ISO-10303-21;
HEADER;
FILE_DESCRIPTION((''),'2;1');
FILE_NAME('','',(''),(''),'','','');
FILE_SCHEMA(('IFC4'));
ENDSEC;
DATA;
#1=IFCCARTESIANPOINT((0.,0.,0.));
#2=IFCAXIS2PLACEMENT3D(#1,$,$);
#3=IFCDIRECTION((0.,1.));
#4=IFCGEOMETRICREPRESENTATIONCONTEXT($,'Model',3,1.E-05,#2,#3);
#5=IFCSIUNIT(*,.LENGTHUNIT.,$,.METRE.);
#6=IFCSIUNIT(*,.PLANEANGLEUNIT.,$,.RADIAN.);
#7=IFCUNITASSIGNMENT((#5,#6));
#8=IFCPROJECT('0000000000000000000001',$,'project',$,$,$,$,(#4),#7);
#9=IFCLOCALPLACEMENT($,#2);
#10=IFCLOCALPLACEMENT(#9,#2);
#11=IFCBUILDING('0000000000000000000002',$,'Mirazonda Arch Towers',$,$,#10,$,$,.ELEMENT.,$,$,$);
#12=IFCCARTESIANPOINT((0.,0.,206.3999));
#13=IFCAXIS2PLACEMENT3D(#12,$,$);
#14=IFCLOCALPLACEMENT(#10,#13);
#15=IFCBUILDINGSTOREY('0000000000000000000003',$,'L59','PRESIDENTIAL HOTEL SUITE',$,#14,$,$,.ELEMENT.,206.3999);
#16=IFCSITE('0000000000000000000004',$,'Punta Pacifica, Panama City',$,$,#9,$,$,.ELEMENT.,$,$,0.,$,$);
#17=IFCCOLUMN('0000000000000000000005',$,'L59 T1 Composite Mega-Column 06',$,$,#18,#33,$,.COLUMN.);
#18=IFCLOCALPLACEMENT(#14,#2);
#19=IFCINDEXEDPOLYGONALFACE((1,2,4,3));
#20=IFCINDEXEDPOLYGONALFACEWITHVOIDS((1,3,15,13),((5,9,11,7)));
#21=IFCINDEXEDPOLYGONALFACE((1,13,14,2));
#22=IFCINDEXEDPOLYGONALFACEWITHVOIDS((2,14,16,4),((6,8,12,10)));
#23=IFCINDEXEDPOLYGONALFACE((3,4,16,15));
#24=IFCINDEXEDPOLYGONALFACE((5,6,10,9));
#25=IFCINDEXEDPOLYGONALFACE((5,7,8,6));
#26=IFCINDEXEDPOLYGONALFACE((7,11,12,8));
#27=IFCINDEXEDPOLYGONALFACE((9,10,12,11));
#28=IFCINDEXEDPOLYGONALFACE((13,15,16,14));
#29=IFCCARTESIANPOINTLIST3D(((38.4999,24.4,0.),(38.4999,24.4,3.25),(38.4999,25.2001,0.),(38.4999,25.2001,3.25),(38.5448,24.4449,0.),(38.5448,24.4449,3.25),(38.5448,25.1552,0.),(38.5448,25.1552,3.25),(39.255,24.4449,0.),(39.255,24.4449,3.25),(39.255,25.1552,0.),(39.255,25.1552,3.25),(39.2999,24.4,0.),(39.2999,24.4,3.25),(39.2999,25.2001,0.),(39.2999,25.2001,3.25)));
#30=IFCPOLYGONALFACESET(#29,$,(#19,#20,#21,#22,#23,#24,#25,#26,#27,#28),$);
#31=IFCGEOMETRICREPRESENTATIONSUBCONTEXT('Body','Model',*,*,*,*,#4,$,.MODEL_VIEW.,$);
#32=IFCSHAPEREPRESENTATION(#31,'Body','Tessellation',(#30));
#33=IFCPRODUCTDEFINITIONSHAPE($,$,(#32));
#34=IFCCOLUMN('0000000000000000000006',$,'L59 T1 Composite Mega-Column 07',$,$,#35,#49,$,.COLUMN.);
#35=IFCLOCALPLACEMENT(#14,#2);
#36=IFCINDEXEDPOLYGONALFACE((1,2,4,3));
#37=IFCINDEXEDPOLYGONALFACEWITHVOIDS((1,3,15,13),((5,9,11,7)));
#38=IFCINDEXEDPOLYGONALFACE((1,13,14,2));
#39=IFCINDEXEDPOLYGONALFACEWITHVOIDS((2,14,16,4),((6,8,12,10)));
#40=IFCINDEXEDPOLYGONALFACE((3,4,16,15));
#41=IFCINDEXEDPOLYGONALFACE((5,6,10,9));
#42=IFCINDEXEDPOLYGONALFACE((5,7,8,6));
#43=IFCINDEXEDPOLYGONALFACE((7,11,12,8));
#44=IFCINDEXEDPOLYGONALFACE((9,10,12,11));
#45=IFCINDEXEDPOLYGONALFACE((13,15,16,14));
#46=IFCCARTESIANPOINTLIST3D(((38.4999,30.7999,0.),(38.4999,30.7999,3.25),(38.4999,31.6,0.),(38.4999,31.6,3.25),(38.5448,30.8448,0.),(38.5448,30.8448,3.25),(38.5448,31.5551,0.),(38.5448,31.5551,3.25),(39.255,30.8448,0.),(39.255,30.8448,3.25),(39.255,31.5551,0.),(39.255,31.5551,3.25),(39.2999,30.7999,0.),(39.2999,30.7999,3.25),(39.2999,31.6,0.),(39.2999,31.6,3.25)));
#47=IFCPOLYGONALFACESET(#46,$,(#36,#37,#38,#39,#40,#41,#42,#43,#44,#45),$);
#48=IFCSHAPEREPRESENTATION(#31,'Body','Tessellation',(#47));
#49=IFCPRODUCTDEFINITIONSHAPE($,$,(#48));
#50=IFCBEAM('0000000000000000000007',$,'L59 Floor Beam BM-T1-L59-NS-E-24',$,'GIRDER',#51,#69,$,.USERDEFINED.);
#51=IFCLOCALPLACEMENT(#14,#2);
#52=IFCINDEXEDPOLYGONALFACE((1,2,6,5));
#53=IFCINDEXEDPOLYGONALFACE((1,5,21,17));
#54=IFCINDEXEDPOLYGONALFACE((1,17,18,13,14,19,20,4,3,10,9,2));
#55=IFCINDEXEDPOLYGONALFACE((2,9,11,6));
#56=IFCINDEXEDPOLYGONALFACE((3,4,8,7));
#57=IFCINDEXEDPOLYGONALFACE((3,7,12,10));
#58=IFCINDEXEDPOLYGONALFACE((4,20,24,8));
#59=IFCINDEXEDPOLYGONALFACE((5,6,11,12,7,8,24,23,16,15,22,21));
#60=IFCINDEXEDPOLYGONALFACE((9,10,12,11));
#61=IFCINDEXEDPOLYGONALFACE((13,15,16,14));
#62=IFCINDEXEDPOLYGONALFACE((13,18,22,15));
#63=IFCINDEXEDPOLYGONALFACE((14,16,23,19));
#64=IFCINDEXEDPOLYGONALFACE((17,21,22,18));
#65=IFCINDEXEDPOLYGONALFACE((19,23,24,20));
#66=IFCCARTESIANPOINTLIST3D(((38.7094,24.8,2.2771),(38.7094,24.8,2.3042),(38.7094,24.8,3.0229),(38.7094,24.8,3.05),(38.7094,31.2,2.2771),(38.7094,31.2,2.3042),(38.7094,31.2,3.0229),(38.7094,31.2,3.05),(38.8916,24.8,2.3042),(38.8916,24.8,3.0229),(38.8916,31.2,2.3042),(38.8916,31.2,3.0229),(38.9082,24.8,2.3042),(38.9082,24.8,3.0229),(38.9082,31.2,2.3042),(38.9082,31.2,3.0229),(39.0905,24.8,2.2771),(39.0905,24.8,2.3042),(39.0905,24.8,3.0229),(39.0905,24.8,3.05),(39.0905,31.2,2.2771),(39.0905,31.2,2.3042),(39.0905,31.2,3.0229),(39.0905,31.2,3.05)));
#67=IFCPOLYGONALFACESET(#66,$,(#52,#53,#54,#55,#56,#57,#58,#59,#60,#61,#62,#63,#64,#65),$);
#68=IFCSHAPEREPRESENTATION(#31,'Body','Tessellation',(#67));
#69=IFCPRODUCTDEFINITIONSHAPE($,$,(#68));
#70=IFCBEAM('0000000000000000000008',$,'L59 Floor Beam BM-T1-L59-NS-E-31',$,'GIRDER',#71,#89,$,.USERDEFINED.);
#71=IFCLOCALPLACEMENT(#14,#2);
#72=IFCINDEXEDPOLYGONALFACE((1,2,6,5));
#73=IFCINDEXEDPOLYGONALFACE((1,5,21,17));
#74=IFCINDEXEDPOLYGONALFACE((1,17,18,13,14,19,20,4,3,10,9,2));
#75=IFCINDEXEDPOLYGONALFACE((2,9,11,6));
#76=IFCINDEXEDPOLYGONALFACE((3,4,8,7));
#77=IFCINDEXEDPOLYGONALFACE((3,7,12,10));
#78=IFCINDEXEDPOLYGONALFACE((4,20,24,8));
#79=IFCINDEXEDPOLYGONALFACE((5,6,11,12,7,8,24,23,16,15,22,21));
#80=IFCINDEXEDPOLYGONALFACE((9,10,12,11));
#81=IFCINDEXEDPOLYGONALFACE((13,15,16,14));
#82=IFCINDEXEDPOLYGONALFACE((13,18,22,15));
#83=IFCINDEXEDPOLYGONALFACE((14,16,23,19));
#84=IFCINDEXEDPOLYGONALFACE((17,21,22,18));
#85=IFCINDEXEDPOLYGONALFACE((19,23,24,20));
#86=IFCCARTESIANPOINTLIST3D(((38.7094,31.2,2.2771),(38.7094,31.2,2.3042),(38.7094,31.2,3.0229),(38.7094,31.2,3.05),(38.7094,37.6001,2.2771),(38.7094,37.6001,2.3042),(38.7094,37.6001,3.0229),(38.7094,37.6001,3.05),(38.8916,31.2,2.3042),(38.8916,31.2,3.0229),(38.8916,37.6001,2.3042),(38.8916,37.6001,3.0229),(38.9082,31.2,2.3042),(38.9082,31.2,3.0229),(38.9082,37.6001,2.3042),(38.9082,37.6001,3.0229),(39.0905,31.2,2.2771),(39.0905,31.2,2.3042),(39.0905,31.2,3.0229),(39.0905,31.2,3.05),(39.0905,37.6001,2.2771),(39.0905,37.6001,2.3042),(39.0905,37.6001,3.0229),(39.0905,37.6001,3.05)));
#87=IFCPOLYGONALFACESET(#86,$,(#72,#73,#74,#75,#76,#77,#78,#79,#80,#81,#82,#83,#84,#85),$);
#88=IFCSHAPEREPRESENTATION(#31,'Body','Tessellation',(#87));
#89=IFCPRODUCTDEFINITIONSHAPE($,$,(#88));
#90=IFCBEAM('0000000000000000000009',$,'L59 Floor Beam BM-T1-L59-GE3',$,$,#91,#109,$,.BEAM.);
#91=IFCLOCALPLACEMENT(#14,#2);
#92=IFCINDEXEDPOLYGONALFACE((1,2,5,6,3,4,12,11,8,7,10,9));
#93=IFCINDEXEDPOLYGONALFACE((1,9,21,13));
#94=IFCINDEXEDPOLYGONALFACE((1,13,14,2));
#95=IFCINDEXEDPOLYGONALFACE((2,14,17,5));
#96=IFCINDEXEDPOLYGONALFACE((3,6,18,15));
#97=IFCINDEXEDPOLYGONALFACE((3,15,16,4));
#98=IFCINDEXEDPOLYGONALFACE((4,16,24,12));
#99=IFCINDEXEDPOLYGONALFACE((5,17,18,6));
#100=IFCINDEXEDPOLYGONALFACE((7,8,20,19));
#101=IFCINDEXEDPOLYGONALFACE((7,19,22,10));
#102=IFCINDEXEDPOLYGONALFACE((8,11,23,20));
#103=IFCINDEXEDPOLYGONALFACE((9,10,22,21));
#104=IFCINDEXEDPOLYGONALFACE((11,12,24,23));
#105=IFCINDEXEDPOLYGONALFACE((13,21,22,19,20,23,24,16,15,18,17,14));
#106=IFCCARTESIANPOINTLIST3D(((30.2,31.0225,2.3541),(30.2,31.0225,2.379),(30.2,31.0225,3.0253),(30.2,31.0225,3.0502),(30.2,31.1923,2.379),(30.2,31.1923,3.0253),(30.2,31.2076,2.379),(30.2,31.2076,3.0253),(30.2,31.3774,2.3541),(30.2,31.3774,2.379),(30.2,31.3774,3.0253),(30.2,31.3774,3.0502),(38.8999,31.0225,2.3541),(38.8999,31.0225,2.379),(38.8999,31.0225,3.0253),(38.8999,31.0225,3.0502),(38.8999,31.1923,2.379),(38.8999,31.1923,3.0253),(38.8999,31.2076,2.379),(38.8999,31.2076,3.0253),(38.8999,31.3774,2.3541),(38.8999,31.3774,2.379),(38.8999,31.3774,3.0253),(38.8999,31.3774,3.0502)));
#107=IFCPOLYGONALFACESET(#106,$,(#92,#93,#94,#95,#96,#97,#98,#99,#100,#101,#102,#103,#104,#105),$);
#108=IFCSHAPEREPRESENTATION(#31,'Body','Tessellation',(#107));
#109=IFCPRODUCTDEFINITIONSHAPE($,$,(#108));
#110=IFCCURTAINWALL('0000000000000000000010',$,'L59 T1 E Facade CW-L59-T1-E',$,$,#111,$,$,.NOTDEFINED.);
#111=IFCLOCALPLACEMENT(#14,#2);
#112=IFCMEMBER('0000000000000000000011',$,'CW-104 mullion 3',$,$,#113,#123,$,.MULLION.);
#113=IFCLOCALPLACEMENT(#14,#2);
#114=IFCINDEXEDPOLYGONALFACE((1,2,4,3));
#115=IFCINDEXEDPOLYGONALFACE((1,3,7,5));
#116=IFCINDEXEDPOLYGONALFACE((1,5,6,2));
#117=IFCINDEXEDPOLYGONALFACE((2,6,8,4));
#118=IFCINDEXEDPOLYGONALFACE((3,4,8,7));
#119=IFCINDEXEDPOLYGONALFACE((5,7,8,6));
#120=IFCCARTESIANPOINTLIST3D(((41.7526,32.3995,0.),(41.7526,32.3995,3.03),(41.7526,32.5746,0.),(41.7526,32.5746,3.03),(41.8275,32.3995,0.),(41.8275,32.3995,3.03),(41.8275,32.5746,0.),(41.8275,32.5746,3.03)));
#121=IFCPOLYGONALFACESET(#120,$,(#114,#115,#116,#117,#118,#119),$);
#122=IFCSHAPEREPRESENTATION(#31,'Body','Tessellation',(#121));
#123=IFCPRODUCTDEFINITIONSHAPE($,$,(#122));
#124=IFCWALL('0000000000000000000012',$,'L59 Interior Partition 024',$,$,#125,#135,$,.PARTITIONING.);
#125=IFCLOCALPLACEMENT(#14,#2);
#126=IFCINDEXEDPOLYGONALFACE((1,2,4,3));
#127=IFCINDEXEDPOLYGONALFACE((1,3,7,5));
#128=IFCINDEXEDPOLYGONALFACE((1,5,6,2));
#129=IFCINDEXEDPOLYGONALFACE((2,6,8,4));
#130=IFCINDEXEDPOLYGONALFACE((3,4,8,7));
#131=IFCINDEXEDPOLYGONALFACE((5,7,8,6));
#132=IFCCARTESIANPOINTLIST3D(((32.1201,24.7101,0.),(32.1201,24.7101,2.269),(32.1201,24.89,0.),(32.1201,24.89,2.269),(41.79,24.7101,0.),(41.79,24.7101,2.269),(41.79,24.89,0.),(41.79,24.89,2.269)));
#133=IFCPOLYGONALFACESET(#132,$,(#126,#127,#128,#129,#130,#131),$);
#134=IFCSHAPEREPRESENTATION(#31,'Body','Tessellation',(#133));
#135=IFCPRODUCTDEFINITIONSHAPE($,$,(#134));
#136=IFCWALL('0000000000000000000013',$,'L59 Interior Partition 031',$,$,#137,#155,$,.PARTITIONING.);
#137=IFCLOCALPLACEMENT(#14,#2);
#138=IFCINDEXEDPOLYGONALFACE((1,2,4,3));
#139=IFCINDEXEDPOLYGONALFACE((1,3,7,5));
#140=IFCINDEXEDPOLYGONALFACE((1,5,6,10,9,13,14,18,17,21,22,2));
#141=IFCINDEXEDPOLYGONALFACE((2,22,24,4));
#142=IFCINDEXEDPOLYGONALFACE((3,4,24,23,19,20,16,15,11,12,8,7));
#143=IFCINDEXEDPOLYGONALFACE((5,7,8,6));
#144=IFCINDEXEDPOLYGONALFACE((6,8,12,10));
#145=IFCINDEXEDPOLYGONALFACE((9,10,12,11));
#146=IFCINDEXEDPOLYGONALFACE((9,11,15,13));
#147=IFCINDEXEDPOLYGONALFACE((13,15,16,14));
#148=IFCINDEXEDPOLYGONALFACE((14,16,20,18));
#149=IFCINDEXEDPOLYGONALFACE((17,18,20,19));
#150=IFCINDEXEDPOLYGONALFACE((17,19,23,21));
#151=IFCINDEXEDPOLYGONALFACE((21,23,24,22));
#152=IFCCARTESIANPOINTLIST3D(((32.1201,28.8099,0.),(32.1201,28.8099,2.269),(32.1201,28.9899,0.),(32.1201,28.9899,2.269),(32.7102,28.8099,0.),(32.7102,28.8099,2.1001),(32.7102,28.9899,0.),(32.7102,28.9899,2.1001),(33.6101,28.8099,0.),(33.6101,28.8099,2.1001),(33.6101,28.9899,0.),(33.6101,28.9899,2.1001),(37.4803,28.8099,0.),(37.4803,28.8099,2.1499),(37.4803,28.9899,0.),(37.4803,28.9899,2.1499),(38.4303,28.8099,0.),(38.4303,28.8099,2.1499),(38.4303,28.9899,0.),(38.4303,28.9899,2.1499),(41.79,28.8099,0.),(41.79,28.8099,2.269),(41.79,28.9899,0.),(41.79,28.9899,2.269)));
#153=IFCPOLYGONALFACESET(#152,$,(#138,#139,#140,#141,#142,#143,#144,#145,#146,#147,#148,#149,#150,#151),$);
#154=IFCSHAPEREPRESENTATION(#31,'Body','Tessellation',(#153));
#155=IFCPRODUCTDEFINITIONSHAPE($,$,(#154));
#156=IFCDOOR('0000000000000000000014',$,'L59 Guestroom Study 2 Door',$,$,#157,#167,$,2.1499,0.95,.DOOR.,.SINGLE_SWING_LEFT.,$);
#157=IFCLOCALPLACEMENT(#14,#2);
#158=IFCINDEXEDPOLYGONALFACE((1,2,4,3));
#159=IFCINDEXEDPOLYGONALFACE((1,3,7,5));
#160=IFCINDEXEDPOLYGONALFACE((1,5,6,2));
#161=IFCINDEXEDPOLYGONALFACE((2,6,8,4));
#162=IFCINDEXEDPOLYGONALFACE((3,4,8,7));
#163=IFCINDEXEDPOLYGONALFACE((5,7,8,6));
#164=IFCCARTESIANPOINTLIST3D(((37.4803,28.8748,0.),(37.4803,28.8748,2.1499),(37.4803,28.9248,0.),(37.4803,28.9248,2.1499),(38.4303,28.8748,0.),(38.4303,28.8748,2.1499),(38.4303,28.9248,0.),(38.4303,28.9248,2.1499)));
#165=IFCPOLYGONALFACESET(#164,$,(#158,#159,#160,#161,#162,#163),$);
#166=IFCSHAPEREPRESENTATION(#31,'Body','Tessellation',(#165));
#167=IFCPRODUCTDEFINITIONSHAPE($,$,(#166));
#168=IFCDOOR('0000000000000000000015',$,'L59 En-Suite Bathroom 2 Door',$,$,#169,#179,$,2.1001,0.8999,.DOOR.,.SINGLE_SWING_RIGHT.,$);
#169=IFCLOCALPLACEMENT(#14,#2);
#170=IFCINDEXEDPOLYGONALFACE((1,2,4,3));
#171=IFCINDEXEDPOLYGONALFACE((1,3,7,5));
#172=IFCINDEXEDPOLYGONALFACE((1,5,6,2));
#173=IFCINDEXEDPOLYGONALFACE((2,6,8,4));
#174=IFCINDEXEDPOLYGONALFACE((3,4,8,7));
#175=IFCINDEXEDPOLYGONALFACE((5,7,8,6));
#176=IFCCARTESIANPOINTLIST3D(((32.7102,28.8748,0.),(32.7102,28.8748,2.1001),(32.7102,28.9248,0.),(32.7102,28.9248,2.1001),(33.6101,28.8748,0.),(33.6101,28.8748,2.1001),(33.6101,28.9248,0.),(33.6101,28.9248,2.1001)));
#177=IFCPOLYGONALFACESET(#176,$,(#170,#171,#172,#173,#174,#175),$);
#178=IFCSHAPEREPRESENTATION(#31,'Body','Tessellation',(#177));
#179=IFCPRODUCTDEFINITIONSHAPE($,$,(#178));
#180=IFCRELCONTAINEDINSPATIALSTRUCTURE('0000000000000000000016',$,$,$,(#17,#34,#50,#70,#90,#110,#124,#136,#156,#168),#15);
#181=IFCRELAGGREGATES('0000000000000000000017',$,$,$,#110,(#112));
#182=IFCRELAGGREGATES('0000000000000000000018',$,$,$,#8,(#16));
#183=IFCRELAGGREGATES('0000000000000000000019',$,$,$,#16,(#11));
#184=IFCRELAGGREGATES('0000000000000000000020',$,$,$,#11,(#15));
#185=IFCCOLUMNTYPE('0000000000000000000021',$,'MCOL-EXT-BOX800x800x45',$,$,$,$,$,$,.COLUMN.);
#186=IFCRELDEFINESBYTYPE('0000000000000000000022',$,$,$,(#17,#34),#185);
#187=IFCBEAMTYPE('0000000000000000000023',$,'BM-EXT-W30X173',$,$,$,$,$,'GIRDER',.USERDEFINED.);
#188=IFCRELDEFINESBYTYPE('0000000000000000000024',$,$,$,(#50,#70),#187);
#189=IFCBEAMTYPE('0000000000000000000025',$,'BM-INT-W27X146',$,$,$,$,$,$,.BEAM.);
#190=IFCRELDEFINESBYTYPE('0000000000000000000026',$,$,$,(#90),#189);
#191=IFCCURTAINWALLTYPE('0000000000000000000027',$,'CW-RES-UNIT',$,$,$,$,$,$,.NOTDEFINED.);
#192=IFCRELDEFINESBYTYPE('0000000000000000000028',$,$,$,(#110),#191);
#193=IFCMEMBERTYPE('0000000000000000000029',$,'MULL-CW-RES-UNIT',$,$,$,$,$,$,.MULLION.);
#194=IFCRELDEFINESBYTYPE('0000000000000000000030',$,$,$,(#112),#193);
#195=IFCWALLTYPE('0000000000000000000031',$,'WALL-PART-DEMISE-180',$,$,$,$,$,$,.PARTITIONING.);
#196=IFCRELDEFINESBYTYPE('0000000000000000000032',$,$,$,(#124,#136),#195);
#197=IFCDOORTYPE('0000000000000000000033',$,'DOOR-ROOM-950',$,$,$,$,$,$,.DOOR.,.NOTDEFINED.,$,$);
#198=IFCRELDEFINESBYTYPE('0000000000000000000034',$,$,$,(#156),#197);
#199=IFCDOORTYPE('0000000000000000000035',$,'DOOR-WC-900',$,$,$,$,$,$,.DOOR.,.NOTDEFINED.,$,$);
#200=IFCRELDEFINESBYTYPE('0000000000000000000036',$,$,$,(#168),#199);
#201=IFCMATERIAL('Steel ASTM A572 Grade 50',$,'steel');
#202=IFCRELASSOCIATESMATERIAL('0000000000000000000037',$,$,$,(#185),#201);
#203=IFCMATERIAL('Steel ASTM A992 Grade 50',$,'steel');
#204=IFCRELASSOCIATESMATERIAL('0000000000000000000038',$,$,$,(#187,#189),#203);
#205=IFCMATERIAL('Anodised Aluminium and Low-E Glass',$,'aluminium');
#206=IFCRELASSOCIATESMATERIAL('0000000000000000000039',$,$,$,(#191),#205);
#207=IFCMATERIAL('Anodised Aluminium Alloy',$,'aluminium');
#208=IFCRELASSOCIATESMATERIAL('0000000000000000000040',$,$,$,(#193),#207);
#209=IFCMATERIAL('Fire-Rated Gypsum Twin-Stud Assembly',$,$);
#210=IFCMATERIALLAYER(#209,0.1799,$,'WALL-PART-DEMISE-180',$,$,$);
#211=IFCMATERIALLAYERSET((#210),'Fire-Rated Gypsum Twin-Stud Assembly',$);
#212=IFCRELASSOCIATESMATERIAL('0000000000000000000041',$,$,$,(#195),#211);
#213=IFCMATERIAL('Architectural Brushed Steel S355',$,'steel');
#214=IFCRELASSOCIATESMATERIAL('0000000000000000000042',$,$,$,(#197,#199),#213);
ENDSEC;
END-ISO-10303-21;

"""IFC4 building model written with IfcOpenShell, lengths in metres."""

from ifc_helpers import new_model, si_unit, direction, frame, frame_2d, origin, origin_2d, place, context, subcontext, project, spatial, rectangle, hollow_rectangle, i_section, extrude, material, layer, layer_set, material_profile, profile_set, type_object, element, fill, aggregate, save


model = new_model("IFC4")

# Units and contexts
model_context = context("Model", 3, precision=1e-05, world=origin(), true_north=direction((0.0, 1.0)))
body_context = subcontext(model_context, "Body", "Model", "MODEL_VIEW")
ifc_project = project(units=[si_unit("LENGTHUNIT", "METRE"), si_unit("PLANEANGLEUNIT", "RADIAN")], contexts=[model_context])

# Site, building, storey
site_placement = place(None, origin())
site = spatial("IfcSite", under=ifc_project, at=site_placement, Name="Punta Pacifica, Panama City", CompositionType="ELEMENT", RefElevation=0.0)
building_placement = place(site_placement, origin())
building = spatial("IfcBuilding", under=site, at=building_placement, Name="Mirazonda Arch Towers", CompositionType="ELEMENT")
storey_placement = place(building_placement, frame((0.0, 0.0, 206.3999)))
storey = spatial("IfcBuildingStorey", under=building, at=storey_placement, Name="L59", Description="PRESIDENTIAL HOTEL SUITE", CompositionType="ELEMENT", Elevation=206.3999)

# Columns
ifc_material_1 = material(Name="Steel ASTM A572 Grade 50", Category="steel")
ifc_material_profile_1 = material_profile(ifc_material_1, hollow_rectangle(XDim=0.8, YDim=0.8, WallThickness=0.0449, at=origin_2d()), Name="BOX800x800x45")
ifc_profile_set_1 = profile_set([ifc_material_profile_1], Name="Steel ASTM A572 Grade 50")
column_type = type_object("IfcColumnType", Name="MCOL-EXT-BOX800x800x45", PredefinedType="COLUMN", material=ifc_profile_set_1)
for number, where, z_axis, x_axis, name in (
    (1, (38.8999, 24.8, 0.0), (0.0, 0.0, 1.0), (1.0, 0.0, 0.0), "L59 T1 Composite Mega-Column 06"),
    (2, (38.8999, 31.2, 0.0), (0.0, 0.0, 1.0), (1.0, 0.0, 0.0), "L59 T1 Composite Mega-Column 07"),
):
    element("IfcColumn", number, at=place(storey_placement, frame(where, z_axis=z_axis, x_axis=x_axis)), inside=storey, type_object=column_type, Name=name, PredefinedType="COLUMN", context=body_context, shape_type="SweptSolid", body=[
        extrude(hollow_rectangle(XDim=0.8, YDim=0.8, WallThickness=0.0449, at=origin_2d()), origin(), (0.0, 0.0, 1.0), 3.25),
    ])

# Beams
ifc_material_2 = material(Name="Steel ASTM A992 Grade 50", Category="steel")
ifc_material_profile_2 = material_profile(ifc_material_2, i_section(OverallWidth=0.3811, OverallDepth=0.7729, WebThickness=0.0166, FlangeThickness=0.0271, at=origin_2d()), Name="W30X173")
ifc_profile_set_2 = profile_set([ifc_material_profile_2], Name="Steel ASTM A992 Grade 50")
beam_type_1 = type_object("IfcBeamType", Name="BM-EXT-W30X173", ElementType="GIRDER", PredefinedType="USERDEFINED", material=ifc_profile_set_2)
beam_1_placement = place(storey_placement, frame((38.8999, 24.8, 2.6636), z_axis=(0.0, 1.0, 0.0), x_axis=(-1.0, 0.0, 0.0)))
element("IfcBeam", 3, at=beam_1_placement, inside=storey, type_object=beam_type_1, Name="L59 Floor Beam BM-T1-L59-NS-E-24", ObjectType="GIRDER", PredefinedType="USERDEFINED", context=body_context, shape_type="SweptSolid", body=[
    extrude(i_section(OverallWidth=0.3811, OverallDepth=0.7729, WebThickness=0.0166, FlangeThickness=0.0271, at=origin_2d()), origin(), (0.0, 0.0, 1.0), 6.3999),
])
beam_2_placement = place(storey_placement, frame((38.8999, 31.2, 2.6636), z_axis=(0.0, 1.0, 0.0), x_axis=(-1.0, 0.0, 0.0)))
element("IfcBeam", 4, at=beam_2_placement, inside=storey, type_object=beam_type_1, Name="L59 Floor Beam BM-T1-L59-NS-E-31", ObjectType="GIRDER", PredefinedType="USERDEFINED", context=body_context, shape_type="SweptSolid", body=[
    extrude(i_section(OverallWidth=0.3811, OverallDepth=0.7729, WebThickness=0.0166, FlangeThickness=0.0271, at=origin_2d()), origin(), (0.0, 0.0, 1.0), 6.4001),
])
ifc_material_profile_3 = material_profile(ifc_material_2, i_section(OverallWidth=0.355, OverallDepth=0.696, WebThickness=0.0154, FlangeThickness=0.0249, at=origin_2d()), Name="W27X146")
ifc_profile_set_3 = profile_set([ifc_material_profile_3], Name="Steel ASTM A992 Grade 50")
beam_type_2 = type_object("IfcBeamType", Name="BM-INT-W27X146", PredefinedType="BEAM", material=ifc_profile_set_3)
beam_3_placement = place(storey_placement, frame((30.2, 31.2, 2.7021), z_axis=(1.0, 0.0, 0.0), x_axis=(0.0, 1.0, 0.0)))
element("IfcBeam", 5, at=beam_3_placement, inside=storey, type_object=beam_type_2, Name="L59 Floor Beam BM-T1-L59-GE3", PredefinedType="BEAM", context=body_context, shape_type="SweptSolid", body=[
    extrude(i_section(OverallWidth=0.355, OverallDepth=0.696, WebThickness=0.0154, FlangeThickness=0.0249, at=origin_2d()), origin(), (0.0, 0.0, 1.0), 8.7),
])

# Curtain wall, member
ifc_material_3 = material(Name="Anodised Aluminium and Low-E Glass", Category="aluminium")
curtain_wall_type = type_object("IfcCurtainWallType", Name="CW-RES-UNIT", PredefinedType="NOTDEFINED", material=ifc_material_3)
curtain_wall_placement = place(storey_placement, origin())
curtain_wall = element("IfcCurtainWall", 6, at=curtain_wall_placement, inside=storey, type_object=curtain_wall_type, Name="L59 T1 E Facade CW-L59-T1-E", PredefinedType="NOTDEFINED")
ifc_material_4 = material(Name="Anodised Aluminium Alloy", Category="aluminium")
ifc_material_profile_4 = material_profile(ifc_material_4, rectangle(XDim=0.075, YDim=0.175, at=origin_2d()), Name="ALU-MULL-75x175")
ifc_profile_set_4 = profile_set([ifc_material_profile_4], Name="Anodised Aluminium Alloy")
member_type = type_object("IfcMemberType", Name="MULL-CW-RES-UNIT", PredefinedType="MULLION", material=ifc_profile_set_4)
member_placement = place(storey_placement, frame((41.79, 32.4871, 0.0), z_axis=(0.0, 0.0, 1.0), x_axis=(-1.0, 0.0, 0.0)))
member = element("IfcMember", 7, at=member_placement, type_object=member_type, Name="CW-104 mullion 3", PredefinedType="MULLION", context=body_context, shape_type="SweptSolid", body=[
    extrude(rectangle(XDim=0.075, YDim=0.175, at=origin_2d()), origin(), (0.0, 0.0, 1.0), 3.03),
])
aggregate(curtain_wall, [member])

# Wall
ifc_material_5 = material(Name="Fire-Rated Gypsum Twin-Stud Assembly")
ifc_layer_1 = layer(ifc_material_5, 0.1799, Name="WALL-PART-DEMISE-180")
ifc_layer_set_1 = layer_set([ifc_layer_1], Name="Fire-Rated Gypsum Twin-Stud Assembly")
wall_type_1 = type_object("IfcWallType", Name="WALL-PART-DEMISE-180", PredefinedType="PARTITIONING", material=ifc_layer_set_1)
wall_1_placement = place(storey_placement, frame((32.1201, 24.8, 0.0), z_axis=(0.0, 0.0, 1.0), x_axis=(1.0, 0.0, 0.0)))
element("IfcWall", 8, at=wall_1_placement, inside=storey, type_object=wall_type_1, Name="L59 Interior Partition 024", PredefinedType="PARTITIONING", context=body_context, shape_type="SweptSolid", body=[
    extrude(rectangle(XDim=9.6699, YDim=0.1799, at=frame_2d((4.835, 0.0))), origin(), (0.0, 0.0, 1.0), 2.269),
])

# Wall, openings, doors
wall_2_placement = place(storey_placement, frame((32.1201, 28.8999, 0.0), z_axis=(0.0, 0.0, 1.0), x_axis=(1.0, 0.0, 0.0)))
wall_2 = element("IfcWall", 9, at=wall_2_placement, inside=storey, type_object=wall_type_1, Name="L59 Interior Partition 031", PredefinedType="PARTITIONING", context=body_context, shape_type="SweptSolid", body=[
    extrude(rectangle(XDim=9.6699, YDim=0.1799, at=frame_2d((4.835, 0.0))), origin(), (0.0, 0.0, 1.0), 2.269),
])
opening_1_placement = place(wall_2_placement, frame((5.3601, 0.0, 0.0)))
opening_1 = element("IfcOpeningElement", 10, at=opening_1_placement, cuts=wall_2, PredefinedType="OPENING", context=body_context, shape_type="SweptSolid", body=[
    extrude(rectangle(XDim=0.95, YDim=2.1499, at=frame_2d((0.4751, 1.075))), frame((0.0, 0.0999, 0.0), z_axis=(0.0, -1.0, 0.0), x_axis=(1.0, 0.0, 0.0)), (0.0, 0.0, 1.0), 0.2),
])
opening_2_placement = place(wall_2_placement, frame((0.5901, 0.0, 0.0)))
opening_2 = element("IfcOpeningElement", 11, at=opening_2_placement, cuts=wall_2, PredefinedType="OPENING", context=body_context, shape_type="SweptSolid", body=[
    extrude(rectangle(XDim=0.8999, YDim=2.1001, at=frame_2d((0.45, 1.05))), frame((0.0, 0.0999, 0.0), z_axis=(0.0, -1.0, 0.0), x_axis=(1.0, 0.0, 0.0)), (0.0, 0.0, 1.0), 0.2),
])
ifc_material_6 = material(Name="Architectural Brushed Steel S355", Category="steel")
door_type_1 = type_object("IfcDoorType", Name="DOOR-ROOM-950", OperationType="NOTDEFINED", PredefinedType="DOOR", material=ifc_material_6)
door_1_placement = place(opening_1_placement, origin())
door_1 = element("IfcDoor", 12, at=door_1_placement, inside=storey, type_object=door_type_1, Name="L59 Guestroom Study 2 Door", OperationType="SINGLE_SWING_LEFT", OverallHeight=2.1499, OverallWidth=0.95, PredefinedType="DOOR", context=body_context, shape_type="SweptSolid", body=[
    extrude(rectangle(XDim=0.95, YDim=2.1499, at=frame_2d((0.4751, 1.075))), frame((0.0, 0.0249, 0.0), z_axis=(0.0, -1.0, 0.0), x_axis=(1.0, 0.0, 0.0)), (0.0, 0.0, 1.0), 0.05),
])
fill(opening_1, door_1)
door_type_2 = type_object("IfcDoorType", Name="DOOR-WC-900", OperationType="NOTDEFINED", PredefinedType="DOOR", material=ifc_material_6)
door_2_placement = place(opening_2_placement, origin())
door_2 = element("IfcDoor", 13, at=door_2_placement, inside=storey, type_object=door_type_2, Name="L59 En-Suite Bathroom 2 Door", OperationType="SINGLE_SWING_RIGHT", OverallHeight=2.1001, OverallWidth=0.8999, PredefinedType="DOOR", context=body_context, shape_type="SweptSolid", body=[
    extrude(rectangle(XDim=0.8999, YDim=2.1001, at=frame_2d((0.45, 1.05))), frame((0.0, 0.0249, 0.0), z_axis=(0.0, -1.0, 0.0), x_axis=(1.0, 0.0, 0.0)), (0.0, 0.0, 1.0), 0.05),
])
fill(opening_2, door_2)

save(model, "model.ifc")
